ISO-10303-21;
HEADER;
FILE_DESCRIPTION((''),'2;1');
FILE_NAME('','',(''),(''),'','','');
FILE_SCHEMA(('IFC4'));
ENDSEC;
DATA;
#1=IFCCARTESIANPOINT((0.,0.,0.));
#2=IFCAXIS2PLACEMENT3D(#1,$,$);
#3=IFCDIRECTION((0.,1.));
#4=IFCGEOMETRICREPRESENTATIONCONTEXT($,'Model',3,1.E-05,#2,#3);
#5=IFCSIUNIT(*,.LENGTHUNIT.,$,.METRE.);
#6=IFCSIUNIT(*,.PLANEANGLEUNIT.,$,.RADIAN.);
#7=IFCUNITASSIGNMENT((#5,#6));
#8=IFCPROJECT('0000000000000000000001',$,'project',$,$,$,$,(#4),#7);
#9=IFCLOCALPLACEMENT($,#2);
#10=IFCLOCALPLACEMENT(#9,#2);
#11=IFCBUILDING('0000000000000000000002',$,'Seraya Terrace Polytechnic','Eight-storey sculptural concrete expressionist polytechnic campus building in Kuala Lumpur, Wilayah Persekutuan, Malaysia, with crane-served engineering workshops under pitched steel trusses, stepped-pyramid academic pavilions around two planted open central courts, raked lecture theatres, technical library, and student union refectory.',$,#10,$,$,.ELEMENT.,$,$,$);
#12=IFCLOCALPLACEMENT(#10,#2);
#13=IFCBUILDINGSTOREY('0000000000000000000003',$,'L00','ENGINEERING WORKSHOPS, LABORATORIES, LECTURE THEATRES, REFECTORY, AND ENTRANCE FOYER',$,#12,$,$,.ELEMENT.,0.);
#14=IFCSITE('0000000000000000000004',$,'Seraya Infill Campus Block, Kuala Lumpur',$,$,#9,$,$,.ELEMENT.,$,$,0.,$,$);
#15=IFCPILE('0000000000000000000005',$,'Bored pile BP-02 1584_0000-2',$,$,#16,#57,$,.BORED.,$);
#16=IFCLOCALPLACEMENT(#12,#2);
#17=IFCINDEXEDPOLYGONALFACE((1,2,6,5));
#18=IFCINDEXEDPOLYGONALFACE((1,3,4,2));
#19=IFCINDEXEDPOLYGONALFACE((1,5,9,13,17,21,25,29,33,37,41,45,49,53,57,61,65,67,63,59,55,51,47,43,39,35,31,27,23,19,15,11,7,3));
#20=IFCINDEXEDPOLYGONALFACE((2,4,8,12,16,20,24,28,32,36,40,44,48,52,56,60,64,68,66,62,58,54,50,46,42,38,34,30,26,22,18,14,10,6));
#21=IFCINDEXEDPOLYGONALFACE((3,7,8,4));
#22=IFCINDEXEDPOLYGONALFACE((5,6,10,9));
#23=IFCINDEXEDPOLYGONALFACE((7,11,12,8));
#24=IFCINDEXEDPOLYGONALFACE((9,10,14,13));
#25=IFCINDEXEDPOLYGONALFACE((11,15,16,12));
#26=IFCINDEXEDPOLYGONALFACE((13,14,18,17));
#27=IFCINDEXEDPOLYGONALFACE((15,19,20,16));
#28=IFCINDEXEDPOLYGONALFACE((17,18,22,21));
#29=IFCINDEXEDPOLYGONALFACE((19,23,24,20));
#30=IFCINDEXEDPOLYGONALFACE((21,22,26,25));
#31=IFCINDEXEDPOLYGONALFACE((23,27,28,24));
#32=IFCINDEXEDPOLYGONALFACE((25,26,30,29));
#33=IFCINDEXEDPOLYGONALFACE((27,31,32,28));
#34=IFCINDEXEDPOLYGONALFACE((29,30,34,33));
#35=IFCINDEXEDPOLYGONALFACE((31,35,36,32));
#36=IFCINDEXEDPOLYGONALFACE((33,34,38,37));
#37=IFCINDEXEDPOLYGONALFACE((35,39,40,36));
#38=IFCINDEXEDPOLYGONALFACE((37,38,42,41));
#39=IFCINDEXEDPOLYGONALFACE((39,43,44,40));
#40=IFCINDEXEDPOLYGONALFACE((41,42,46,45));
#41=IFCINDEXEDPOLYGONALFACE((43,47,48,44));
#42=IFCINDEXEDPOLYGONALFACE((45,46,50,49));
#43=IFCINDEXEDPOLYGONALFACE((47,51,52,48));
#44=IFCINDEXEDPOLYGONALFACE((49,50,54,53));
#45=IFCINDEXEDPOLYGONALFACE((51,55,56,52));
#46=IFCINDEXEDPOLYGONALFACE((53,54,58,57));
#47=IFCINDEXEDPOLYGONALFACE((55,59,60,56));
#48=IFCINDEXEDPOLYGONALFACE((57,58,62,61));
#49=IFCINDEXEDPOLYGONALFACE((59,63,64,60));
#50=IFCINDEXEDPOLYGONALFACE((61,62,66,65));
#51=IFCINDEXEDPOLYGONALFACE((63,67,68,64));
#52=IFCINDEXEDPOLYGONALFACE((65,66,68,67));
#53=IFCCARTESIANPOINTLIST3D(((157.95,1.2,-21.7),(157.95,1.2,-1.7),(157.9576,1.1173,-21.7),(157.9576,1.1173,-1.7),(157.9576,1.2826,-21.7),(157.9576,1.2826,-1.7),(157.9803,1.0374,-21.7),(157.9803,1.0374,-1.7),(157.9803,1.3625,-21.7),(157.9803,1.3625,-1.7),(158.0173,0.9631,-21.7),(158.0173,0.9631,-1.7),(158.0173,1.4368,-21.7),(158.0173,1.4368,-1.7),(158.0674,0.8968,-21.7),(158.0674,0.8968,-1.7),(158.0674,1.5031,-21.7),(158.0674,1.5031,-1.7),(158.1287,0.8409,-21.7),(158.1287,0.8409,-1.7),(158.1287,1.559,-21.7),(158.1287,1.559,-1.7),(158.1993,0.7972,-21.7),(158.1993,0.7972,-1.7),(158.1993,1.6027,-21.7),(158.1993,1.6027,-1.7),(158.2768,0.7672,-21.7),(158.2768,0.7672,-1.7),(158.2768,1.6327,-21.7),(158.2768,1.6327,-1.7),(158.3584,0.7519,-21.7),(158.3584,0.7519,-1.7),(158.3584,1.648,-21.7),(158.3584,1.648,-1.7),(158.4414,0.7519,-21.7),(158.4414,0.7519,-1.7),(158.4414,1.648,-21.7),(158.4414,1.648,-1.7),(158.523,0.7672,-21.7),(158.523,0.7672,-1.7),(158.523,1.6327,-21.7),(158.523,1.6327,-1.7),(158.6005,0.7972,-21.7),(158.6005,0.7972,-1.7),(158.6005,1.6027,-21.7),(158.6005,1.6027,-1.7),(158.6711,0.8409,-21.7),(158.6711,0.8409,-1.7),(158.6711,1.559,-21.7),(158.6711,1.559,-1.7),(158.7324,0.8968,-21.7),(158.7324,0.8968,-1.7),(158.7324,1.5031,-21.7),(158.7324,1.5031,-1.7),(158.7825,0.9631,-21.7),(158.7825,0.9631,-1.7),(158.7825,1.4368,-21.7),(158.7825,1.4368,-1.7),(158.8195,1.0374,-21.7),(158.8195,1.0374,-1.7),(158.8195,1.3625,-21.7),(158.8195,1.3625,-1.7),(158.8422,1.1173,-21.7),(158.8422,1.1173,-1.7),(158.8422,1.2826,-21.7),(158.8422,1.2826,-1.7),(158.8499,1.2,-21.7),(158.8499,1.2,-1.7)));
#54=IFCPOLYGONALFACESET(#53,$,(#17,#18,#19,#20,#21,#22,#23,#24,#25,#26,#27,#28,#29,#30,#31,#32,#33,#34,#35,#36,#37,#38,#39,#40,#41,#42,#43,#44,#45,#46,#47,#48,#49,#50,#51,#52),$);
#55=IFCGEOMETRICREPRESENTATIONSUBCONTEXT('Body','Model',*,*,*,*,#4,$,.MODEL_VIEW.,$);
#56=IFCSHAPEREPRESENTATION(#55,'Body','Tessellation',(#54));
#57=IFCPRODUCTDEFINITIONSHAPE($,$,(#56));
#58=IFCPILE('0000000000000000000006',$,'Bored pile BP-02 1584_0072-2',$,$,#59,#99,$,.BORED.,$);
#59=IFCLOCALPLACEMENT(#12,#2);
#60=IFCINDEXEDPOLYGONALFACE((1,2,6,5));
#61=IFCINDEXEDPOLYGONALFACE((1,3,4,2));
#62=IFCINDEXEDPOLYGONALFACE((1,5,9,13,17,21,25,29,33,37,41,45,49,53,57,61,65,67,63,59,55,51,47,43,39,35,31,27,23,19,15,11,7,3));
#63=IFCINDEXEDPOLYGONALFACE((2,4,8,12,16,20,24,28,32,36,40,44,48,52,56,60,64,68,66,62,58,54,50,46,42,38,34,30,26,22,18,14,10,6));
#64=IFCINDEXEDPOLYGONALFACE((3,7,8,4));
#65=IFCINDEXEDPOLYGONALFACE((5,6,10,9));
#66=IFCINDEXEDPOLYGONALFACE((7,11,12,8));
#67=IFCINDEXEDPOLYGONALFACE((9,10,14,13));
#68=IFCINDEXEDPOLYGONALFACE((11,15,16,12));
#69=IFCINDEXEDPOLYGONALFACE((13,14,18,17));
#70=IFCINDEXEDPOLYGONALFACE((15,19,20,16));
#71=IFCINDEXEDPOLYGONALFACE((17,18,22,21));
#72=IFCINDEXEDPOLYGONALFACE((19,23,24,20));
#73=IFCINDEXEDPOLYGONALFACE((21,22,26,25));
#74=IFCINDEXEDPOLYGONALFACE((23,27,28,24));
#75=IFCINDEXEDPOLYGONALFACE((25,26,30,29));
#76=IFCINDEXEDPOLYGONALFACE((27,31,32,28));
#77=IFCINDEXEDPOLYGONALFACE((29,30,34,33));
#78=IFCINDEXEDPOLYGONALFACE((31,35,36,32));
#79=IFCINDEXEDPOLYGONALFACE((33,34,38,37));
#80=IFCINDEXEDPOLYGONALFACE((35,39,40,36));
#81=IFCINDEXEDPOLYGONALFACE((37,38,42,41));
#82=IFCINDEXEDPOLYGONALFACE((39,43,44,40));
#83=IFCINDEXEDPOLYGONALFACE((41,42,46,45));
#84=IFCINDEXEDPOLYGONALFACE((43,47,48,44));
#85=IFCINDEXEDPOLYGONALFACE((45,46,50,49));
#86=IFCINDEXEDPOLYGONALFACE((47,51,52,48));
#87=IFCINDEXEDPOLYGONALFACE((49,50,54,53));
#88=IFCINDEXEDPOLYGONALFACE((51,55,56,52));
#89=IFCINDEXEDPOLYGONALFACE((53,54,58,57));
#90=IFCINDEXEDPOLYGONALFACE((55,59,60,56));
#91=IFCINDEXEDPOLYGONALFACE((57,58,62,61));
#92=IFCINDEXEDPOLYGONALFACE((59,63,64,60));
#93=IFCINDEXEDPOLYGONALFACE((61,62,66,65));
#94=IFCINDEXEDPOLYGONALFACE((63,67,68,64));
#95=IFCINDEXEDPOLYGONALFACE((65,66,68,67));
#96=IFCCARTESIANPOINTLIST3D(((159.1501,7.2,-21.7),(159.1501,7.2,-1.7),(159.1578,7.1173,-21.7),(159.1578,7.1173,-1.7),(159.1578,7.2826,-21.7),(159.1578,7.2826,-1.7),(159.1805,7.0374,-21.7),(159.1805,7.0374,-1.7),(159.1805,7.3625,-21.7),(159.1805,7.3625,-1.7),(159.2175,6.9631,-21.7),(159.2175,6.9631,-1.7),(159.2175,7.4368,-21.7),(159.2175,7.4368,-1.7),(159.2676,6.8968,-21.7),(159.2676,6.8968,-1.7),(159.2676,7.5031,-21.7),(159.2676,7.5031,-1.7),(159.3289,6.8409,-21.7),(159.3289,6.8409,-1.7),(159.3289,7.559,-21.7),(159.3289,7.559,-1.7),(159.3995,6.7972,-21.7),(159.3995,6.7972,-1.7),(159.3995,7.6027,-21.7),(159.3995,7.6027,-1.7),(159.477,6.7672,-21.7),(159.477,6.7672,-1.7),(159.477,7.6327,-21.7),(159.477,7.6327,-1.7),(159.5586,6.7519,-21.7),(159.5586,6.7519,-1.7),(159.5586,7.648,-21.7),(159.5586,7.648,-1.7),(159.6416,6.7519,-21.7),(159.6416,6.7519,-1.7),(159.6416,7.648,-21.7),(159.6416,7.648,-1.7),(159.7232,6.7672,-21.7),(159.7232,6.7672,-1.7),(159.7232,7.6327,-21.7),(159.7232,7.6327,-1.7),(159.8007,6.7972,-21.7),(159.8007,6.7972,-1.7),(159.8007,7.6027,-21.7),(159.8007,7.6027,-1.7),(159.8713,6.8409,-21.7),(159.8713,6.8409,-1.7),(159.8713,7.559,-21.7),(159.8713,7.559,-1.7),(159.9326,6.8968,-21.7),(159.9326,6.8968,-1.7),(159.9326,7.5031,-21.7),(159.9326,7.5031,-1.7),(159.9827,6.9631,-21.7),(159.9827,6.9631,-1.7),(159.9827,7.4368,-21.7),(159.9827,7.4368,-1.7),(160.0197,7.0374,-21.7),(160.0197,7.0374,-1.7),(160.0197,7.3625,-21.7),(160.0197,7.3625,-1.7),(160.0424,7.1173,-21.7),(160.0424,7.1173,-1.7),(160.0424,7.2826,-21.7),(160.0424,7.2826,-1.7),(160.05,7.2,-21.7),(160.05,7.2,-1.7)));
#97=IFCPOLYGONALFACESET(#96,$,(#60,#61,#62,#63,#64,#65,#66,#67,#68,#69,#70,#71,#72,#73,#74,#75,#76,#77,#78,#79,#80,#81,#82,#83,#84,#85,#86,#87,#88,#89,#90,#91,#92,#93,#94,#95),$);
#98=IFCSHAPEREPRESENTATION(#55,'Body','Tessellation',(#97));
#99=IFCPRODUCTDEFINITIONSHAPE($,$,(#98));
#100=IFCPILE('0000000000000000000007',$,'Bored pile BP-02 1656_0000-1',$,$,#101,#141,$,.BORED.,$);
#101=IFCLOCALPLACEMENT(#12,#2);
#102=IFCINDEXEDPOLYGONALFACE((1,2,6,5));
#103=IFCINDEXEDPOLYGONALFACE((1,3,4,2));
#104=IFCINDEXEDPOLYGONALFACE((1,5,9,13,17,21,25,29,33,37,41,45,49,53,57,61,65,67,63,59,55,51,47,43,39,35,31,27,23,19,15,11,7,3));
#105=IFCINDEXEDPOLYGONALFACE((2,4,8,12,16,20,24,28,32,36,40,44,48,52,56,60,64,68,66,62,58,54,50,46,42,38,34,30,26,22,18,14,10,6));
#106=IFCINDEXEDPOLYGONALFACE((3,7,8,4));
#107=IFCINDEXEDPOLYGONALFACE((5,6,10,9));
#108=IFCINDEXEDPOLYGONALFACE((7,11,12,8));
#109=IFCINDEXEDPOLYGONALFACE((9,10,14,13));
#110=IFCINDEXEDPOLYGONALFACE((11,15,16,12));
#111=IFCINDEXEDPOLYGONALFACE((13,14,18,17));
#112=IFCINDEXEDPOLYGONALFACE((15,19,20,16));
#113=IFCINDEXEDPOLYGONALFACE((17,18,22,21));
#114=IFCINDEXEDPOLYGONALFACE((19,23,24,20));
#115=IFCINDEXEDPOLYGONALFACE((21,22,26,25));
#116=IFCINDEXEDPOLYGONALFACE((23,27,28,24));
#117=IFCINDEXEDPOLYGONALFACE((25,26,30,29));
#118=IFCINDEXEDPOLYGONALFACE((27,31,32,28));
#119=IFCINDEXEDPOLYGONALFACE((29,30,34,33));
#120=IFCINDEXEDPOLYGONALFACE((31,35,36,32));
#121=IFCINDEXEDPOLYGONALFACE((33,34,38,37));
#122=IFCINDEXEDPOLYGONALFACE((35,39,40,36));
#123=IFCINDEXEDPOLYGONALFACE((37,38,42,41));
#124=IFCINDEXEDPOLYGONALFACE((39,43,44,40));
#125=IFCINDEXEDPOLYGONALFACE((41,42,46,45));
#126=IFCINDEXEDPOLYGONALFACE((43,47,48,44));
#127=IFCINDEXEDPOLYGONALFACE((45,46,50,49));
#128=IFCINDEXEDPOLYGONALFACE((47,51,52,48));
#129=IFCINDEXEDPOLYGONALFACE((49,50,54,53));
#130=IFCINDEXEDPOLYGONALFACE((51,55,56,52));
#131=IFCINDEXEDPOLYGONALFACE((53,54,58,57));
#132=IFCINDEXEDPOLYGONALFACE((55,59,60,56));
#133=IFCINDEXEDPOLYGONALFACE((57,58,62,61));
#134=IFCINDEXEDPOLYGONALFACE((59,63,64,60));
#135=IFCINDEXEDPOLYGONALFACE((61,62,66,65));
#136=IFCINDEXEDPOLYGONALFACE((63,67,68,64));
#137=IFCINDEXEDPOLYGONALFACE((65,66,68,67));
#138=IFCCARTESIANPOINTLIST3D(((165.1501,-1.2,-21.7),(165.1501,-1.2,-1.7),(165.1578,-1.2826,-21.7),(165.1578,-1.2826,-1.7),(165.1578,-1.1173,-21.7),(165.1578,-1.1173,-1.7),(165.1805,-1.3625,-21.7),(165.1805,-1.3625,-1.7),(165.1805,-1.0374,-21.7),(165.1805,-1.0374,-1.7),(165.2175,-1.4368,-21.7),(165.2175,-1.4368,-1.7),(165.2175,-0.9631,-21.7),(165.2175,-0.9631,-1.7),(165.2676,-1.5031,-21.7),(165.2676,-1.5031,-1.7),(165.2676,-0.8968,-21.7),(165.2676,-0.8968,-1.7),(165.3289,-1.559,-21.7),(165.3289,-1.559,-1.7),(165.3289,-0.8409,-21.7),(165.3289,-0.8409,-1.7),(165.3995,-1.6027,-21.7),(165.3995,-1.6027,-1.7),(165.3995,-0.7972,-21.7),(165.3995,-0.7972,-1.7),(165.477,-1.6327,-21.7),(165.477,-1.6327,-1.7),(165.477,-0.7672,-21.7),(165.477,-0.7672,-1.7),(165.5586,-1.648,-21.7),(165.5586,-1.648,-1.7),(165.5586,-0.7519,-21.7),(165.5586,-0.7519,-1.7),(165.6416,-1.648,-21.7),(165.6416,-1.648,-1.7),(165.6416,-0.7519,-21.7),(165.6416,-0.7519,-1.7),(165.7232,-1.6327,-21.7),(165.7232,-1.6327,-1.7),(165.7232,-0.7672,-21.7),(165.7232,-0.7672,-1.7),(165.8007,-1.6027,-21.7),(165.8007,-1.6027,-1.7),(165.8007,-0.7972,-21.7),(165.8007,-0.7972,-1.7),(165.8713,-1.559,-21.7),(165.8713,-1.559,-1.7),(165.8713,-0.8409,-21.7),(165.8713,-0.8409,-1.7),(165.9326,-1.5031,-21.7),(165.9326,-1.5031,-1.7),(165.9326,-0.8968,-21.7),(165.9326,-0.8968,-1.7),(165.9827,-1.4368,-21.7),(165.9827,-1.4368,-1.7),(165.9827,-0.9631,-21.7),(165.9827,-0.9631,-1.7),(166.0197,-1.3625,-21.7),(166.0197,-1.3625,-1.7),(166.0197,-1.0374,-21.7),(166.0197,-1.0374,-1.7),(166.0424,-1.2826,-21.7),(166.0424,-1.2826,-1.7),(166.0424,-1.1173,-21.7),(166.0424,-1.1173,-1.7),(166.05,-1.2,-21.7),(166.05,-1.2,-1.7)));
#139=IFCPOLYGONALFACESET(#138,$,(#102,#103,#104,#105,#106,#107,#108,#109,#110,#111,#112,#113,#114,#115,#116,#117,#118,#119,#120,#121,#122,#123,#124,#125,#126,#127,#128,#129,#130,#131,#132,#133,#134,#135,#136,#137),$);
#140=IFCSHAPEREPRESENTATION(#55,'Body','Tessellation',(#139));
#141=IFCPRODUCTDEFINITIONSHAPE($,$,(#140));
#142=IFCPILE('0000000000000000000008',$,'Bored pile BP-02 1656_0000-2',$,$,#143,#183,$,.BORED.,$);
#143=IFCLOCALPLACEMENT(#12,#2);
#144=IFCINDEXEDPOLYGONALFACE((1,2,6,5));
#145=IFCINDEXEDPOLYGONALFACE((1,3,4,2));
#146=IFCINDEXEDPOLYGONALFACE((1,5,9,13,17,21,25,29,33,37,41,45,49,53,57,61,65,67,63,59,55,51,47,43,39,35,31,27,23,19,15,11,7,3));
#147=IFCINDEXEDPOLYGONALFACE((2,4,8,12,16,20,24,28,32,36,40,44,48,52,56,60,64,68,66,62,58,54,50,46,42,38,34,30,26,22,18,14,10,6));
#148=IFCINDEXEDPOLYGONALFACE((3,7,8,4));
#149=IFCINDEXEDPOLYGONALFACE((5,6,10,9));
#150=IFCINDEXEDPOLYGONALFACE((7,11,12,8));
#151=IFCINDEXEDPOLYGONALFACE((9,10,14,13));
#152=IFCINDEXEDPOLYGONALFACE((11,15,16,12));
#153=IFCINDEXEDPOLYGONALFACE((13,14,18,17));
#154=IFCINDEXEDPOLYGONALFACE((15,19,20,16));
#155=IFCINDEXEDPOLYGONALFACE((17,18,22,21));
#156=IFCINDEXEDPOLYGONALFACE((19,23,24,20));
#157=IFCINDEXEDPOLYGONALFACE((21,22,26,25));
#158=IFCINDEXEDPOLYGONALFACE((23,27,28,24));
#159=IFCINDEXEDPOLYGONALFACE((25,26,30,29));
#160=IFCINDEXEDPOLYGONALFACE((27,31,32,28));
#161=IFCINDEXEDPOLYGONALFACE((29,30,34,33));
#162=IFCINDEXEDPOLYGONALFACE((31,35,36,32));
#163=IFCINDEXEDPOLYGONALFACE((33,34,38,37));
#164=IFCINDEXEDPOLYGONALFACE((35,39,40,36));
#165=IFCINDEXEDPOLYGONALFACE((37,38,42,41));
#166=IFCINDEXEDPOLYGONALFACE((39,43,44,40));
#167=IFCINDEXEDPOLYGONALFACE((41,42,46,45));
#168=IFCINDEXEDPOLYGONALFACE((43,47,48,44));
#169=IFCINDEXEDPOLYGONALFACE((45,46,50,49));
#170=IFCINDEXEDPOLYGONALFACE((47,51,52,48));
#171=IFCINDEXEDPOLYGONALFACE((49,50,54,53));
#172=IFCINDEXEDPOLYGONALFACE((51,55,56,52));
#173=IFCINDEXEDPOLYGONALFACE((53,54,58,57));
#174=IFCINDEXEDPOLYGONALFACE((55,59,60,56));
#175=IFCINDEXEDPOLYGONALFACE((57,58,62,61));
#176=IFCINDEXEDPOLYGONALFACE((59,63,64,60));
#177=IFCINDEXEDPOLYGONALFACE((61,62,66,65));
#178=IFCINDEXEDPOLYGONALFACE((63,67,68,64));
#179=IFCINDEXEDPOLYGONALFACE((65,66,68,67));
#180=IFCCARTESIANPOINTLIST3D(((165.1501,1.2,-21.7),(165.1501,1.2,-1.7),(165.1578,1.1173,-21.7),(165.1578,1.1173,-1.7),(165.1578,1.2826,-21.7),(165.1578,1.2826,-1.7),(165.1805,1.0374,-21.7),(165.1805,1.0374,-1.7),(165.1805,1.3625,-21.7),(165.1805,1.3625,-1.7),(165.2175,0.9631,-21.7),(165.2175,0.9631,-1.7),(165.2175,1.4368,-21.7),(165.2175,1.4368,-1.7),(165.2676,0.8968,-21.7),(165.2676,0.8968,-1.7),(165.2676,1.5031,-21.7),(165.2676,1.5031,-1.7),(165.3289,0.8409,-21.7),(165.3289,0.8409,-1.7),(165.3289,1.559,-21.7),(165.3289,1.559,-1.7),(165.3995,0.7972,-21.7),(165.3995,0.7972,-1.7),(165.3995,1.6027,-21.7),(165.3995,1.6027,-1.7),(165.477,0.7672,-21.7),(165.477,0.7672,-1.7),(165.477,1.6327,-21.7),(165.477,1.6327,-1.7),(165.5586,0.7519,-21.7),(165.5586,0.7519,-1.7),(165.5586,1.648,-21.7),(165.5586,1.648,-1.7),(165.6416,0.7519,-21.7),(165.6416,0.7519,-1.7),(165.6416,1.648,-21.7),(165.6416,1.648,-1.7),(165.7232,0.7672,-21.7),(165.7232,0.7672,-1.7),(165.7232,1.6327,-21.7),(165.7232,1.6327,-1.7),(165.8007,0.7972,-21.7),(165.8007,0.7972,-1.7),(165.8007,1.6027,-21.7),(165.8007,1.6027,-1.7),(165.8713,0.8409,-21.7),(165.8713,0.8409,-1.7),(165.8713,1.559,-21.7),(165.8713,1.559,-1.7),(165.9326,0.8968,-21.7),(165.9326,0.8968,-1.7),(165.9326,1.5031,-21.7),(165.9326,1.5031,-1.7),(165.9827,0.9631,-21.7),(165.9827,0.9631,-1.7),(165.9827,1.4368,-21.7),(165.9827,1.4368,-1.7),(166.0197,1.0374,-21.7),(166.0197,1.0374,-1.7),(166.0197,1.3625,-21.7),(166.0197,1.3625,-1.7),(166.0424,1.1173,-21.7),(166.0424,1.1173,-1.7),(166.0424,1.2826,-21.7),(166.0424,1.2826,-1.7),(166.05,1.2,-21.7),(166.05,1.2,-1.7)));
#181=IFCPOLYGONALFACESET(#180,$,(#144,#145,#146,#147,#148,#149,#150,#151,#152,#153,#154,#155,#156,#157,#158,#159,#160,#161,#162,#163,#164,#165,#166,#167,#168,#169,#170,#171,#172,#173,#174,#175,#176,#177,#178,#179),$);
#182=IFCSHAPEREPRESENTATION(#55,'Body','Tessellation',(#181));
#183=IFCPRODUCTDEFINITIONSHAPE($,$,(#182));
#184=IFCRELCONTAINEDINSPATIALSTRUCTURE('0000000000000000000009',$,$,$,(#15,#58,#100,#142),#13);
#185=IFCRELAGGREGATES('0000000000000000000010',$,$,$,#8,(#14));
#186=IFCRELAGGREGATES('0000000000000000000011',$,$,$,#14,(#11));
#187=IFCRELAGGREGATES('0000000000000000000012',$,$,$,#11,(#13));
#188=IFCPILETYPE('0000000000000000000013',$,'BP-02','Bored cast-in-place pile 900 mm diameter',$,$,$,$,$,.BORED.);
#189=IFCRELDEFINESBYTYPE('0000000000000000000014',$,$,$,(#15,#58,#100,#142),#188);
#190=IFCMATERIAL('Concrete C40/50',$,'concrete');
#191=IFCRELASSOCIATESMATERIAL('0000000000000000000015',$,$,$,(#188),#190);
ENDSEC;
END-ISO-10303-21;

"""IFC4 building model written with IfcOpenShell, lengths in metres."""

from ifc_helpers import new_model, si_unit, direction, frame, origin, origin_2d, place, context, subcontext, project, spatial, circle, extrude, material, material_profile, profile_set, type_object, element, save


model = new_model("IFC4")

# Units and contexts
model_context = context("Model", 3, precision=1e-05, world=origin(), true_north=direction((0.0, 1.0)))
body_context = subcontext(model_context, "Body", "Model", "MODEL_VIEW")
ifc_project = project(units=[si_unit("LENGTHUNIT", "METRE"), si_unit("PLANEANGLEUNIT", "RADIAN")], contexts=[model_context])

# Site, building, storey
site_placement = place(None, origin())
site = spatial("IfcSite", under=ifc_project, at=site_placement, Name="Seraya Infill Campus Block, Kuala Lumpur", CompositionType="ELEMENT", RefElevation=0.0)
building_placement = place(site_placement, origin())
building = spatial("IfcBuilding", under=site, at=building_placement, Name="Seraya Terrace Polytechnic", Description="Eight-storey sculptural concrete expressionist polytechnic campus building in Kuala Lumpur, Wilayah Persekutuan, Malaysia, with crane-served engineering workshops under pitched steel trusses, stepped-pyramid academic pavilions around two planted open central courts, raked lecture theatres, technical library, and student union refectory.", CompositionType="ELEMENT")
storey_placement = place(building_placement, origin())
storey = spatial("IfcBuildingStorey", under=building, at=storey_placement, Name="L00", Description="ENGINEERING WORKSHOPS, LABORATORIES, LECTURE THEATRES, REFECTORY, AND ENTRANCE FOYER", CompositionType="ELEMENT", Elevation=0.0)

# Piles
ifc_material_1 = material(Name="Concrete C40/50", Category="concrete")
ifc_material_profile_1 = material_profile(ifc_material_1, circle(Radius=0.45, at=origin_2d()), Name="DIA 900")
ifc_profile_set_1 = profile_set([ifc_material_profile_1], Name="Concrete C40/50")
pile_type = type_object("IfcPileType", Name="BP-02", Description="Bored cast-in-place pile 900 mm diameter", PredefinedType="BORED", material=ifc_profile_set_1)
for number, where, z_axis, x_axis, name in (
    (1, (158.3999, 1.2, -1.7), (0.0, 0.0, -1.0), (1.0, 0.0, 0.0), "Bored pile BP-02 1584_0000-2"),
    (2, (159.6001, 7.2, -1.7), (0.0, 0.0, -1.0), (1.0, 0.0, 0.0), "Bored pile BP-02 1584_0072-2"),
    (3, (165.6001, -1.2, -1.7), (0.0, 0.0, -1.0), (1.0, 0.0, 0.0), "Bored pile BP-02 1656_0000-1"),
    (4, (165.6001, 1.2, -1.7), (0.0, 0.0, -1.0), (1.0, 0.0, 0.0), "Bored pile BP-02 1656_0000-2"),
):
    element("IfcPile", number, at=place(storey_placement, frame(where, z_axis=z_axis, x_axis=x_axis)), inside=storey, type_object=pile_type, Name=name, PredefinedType="BORED", context=body_context, shape_type="SweptSolid", body=[
        extrude(circle(Radius=0.45, at=origin_2d()), origin(), (0.0, 0.0, 1.0), 20.0),
    ])

save(model, "model.ifc")
